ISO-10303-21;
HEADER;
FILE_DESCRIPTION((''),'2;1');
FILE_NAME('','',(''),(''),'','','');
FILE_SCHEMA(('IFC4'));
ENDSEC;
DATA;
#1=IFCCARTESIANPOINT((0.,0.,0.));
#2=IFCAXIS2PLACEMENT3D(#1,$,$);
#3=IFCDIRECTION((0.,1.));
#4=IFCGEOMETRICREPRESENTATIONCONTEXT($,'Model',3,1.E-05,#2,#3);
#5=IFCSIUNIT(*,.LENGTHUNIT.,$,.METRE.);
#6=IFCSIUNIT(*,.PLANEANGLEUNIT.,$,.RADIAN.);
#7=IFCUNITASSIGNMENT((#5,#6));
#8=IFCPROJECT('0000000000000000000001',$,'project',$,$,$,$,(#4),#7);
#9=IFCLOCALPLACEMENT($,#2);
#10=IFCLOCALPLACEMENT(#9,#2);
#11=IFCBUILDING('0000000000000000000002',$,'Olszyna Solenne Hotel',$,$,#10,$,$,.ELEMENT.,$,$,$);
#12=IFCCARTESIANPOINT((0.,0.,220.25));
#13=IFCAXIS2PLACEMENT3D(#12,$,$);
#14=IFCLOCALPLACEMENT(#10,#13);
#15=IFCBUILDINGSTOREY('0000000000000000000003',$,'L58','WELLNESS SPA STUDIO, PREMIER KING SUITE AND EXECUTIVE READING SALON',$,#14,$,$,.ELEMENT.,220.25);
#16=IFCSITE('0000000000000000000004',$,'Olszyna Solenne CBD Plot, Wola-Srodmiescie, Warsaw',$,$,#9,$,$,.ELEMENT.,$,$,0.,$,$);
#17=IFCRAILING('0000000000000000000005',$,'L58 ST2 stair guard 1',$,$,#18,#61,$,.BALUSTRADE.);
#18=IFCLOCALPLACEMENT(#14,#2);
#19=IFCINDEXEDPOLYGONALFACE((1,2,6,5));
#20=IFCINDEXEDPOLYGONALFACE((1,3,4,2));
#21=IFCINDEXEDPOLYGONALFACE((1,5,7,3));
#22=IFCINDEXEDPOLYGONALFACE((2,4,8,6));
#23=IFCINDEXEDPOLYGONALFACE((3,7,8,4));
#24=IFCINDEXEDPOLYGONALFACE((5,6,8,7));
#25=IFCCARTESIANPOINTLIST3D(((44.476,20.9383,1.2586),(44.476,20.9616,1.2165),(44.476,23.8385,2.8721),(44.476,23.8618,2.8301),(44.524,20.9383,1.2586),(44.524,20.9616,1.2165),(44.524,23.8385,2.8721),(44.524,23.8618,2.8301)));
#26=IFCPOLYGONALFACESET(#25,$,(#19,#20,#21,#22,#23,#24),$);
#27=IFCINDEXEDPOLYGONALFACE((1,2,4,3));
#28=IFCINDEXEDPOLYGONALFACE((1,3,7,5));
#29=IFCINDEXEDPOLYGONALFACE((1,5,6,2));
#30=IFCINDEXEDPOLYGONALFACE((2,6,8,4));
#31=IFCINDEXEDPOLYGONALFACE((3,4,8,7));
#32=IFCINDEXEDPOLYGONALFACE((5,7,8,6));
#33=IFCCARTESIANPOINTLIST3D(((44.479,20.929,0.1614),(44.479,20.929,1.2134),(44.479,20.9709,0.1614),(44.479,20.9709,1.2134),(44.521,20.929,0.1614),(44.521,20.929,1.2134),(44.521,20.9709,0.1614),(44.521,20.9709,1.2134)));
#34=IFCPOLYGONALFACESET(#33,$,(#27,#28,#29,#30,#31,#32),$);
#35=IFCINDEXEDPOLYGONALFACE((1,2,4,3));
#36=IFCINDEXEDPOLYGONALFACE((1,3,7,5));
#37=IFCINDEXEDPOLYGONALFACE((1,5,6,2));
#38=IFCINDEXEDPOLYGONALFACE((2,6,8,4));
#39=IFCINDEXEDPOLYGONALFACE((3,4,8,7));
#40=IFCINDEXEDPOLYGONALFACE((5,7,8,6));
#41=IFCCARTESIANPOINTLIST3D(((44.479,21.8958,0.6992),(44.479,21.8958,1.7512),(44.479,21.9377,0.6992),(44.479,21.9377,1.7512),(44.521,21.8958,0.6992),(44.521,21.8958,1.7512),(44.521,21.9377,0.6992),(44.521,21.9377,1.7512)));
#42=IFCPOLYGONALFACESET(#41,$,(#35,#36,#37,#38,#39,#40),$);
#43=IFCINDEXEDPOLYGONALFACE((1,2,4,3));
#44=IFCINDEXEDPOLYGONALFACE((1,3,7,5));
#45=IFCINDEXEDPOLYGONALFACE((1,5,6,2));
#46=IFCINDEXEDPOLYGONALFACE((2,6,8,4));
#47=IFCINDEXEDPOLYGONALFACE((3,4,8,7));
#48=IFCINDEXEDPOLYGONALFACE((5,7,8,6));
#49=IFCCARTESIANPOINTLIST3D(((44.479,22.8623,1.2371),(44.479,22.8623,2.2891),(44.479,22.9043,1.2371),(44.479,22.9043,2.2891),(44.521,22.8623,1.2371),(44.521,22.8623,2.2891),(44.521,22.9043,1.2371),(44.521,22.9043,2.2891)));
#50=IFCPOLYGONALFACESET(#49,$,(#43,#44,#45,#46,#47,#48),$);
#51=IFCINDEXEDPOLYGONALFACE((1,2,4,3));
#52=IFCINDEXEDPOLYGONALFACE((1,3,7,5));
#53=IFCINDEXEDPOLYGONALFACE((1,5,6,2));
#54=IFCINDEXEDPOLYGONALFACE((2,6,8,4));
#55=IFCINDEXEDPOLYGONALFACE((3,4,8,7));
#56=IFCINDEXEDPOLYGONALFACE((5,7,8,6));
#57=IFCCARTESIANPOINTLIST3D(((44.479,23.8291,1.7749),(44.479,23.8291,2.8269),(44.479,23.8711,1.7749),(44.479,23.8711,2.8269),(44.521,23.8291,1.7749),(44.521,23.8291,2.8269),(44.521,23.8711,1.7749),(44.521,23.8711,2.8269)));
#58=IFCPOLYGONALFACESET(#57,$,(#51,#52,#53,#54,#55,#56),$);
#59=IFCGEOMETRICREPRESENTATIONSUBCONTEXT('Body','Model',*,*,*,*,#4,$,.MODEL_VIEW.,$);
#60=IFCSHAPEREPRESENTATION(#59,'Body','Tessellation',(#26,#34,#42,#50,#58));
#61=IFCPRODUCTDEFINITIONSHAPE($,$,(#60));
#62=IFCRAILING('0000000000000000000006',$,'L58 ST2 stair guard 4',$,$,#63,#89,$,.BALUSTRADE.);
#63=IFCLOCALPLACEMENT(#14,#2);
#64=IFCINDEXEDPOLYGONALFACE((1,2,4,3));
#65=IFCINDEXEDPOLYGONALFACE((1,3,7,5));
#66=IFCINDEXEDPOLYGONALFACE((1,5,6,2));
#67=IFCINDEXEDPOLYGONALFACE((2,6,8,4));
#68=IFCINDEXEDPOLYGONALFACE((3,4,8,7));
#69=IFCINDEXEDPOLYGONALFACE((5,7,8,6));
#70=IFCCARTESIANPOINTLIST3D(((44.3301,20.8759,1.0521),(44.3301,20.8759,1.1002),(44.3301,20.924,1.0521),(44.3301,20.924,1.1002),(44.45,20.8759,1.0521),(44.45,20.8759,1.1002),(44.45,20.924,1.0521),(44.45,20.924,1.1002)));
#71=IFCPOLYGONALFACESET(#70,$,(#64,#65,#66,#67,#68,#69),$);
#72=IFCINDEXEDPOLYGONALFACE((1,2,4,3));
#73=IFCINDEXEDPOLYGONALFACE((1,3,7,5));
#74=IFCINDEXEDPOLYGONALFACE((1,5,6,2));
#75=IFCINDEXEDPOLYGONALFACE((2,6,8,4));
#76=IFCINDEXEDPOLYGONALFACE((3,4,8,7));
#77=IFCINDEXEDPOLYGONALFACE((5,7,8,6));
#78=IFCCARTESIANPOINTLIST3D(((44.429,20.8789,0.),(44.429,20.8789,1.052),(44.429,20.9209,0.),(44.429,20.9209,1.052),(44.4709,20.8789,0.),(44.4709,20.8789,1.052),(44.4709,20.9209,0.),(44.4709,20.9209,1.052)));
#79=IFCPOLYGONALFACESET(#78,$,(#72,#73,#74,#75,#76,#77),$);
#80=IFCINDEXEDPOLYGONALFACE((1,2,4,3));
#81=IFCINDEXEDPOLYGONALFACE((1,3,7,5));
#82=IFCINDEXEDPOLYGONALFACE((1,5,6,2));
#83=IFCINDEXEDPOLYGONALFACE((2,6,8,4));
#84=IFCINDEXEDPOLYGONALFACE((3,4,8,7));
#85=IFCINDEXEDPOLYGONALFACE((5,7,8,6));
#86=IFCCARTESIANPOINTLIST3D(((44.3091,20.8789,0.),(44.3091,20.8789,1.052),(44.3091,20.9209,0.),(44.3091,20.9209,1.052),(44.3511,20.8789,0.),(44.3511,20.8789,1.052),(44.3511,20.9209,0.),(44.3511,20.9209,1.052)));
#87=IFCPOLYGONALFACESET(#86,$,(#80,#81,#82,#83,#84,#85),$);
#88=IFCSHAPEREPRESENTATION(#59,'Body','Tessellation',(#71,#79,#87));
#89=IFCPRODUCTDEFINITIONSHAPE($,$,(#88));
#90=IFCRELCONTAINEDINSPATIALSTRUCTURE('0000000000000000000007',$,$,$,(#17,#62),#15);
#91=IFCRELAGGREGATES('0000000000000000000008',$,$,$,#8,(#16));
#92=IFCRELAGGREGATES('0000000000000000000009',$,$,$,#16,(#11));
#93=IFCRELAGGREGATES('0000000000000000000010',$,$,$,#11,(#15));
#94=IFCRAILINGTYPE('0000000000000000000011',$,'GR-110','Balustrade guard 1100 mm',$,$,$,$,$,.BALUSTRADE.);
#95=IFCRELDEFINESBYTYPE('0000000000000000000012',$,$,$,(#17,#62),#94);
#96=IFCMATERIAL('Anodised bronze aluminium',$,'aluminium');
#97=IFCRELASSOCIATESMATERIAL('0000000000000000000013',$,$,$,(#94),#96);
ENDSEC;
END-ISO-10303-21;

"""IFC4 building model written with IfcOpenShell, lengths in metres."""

from ifc_helpers import new_model, si_unit, direction, frame, origin, origin_2d, place, context, subcontext, project, spatial, rectangle, extrude, material, type_object, element, save


model = new_model("IFC4")

# Units and contexts
model_context = context("Model", 3, precision=1e-05, world=origin(), true_north=direction((0.0, 1.0)))
body_context = subcontext(model_context, "Body", "Model", "MODEL_VIEW")
ifc_project = project(units=[si_unit("LENGTHUNIT", "METRE"), si_unit("PLANEANGLEUNIT", "RADIAN")], contexts=[model_context])

# Site, building, storey
site_placement = place(None, origin())
site = spatial("IfcSite", under=ifc_project, at=site_placement, Name="Olszyna Solenne CBD Plot, Wola-Srodmiescie, Warsaw", CompositionType="ELEMENT", RefElevation=0.0)
building_placement = place(site_placement, origin())
building = spatial("IfcBuilding", under=site, at=building_placement, Name="Olszyna Solenne Hotel", CompositionType="ELEMENT")
storey_placement = place(building_placement, frame((0.0, 0.0, 220.25)))
storey = spatial("IfcBuildingStorey", under=building, at=storey_placement, Name="L58", Description="WELLNESS SPA STUDIO, PREMIER KING SUITE AND EXECUTIVE READING SALON", CompositionType="ELEMENT", Elevation=220.25)

# Shared definitions
ifc_material_1 = material(Name="Anodised bronze aluminium", Category="aluminium")

# Railings
railing_type = type_object("IfcRailingType", Name="GR-110", Description="Balustrade guard 1100 mm", PredefinedType="BALUSTRADE", material=ifc_material_1)
railing_1_placement = place(storey_placement, frame((44.5, 20.95, 0.1614)))
element("IfcRailing", 1, at=railing_1_placement, inside=storey, type_object=railing_type, Name="L58 ST2 stair guard 1", PredefinedType="BALUSTRADE", context=body_context, shape_type="SweptSolid", body=[
    extrude(rectangle(XDim=0.0481, YDim=0.0481, at=origin_2d()), frame((0.0, 0.0, 1.0762), z_axis=(0.0, 0.873859, 0.48618), x_axis=(-1.0, 0.0, 0.0)), (0.0, 0.0, 1.0), 3.3188),
    extrude(rectangle(XDim=0.042, YDim=0.042, at=origin_2d()), origin(), (0.0, 0.0, 1.0), 1.052),
    extrude(rectangle(XDim=0.042, YDim=0.042, at=origin_2d()), frame((0.0, 0.9668, 0.5378)), (0.0, 0.0, 1.0), 1.052),
    extrude(rectangle(XDim=0.042, YDim=0.042, at=origin_2d()), frame((0.0, 1.9333, 1.0757)), (0.0, 0.0, 1.0), 1.052),
    extrude(rectangle(XDim=0.042, YDim=0.042, at=origin_2d()), frame((0.0, 2.9001, 1.6135)), (0.0, 0.0, 1.0), 1.052),
])
railing_2_placement = place(storey_placement, frame((44.45, 20.8999, 0.0)))
element("IfcRailing", 2, at=railing_2_placement, inside=storey, type_object=railing_type, Name="L58 ST2 stair guard 4", PredefinedType="BALUSTRADE", context=body_context, shape_type="SweptSolid", body=[
    extrude(rectangle(XDim=0.0481, YDim=0.0481, at=origin_2d()), frame((0.0, 0.0, 1.0762), z_axis=(-1.0, 0.0, 0.0), x_axis=(0.0, -1.0, 0.0)), (0.0, 0.0, 1.0), 0.1199),
    extrude(rectangle(XDim=0.042, YDim=0.042, at=origin_2d()), origin(), (0.0, 0.0, 1.0), 1.052),
    extrude(rectangle(XDim=0.042, YDim=0.042, at=origin_2d()), frame((-0.1199, 0.0, 0.0)), (0.0, 0.0, 1.0), 1.052),
])

save(model, "model.ifc")
